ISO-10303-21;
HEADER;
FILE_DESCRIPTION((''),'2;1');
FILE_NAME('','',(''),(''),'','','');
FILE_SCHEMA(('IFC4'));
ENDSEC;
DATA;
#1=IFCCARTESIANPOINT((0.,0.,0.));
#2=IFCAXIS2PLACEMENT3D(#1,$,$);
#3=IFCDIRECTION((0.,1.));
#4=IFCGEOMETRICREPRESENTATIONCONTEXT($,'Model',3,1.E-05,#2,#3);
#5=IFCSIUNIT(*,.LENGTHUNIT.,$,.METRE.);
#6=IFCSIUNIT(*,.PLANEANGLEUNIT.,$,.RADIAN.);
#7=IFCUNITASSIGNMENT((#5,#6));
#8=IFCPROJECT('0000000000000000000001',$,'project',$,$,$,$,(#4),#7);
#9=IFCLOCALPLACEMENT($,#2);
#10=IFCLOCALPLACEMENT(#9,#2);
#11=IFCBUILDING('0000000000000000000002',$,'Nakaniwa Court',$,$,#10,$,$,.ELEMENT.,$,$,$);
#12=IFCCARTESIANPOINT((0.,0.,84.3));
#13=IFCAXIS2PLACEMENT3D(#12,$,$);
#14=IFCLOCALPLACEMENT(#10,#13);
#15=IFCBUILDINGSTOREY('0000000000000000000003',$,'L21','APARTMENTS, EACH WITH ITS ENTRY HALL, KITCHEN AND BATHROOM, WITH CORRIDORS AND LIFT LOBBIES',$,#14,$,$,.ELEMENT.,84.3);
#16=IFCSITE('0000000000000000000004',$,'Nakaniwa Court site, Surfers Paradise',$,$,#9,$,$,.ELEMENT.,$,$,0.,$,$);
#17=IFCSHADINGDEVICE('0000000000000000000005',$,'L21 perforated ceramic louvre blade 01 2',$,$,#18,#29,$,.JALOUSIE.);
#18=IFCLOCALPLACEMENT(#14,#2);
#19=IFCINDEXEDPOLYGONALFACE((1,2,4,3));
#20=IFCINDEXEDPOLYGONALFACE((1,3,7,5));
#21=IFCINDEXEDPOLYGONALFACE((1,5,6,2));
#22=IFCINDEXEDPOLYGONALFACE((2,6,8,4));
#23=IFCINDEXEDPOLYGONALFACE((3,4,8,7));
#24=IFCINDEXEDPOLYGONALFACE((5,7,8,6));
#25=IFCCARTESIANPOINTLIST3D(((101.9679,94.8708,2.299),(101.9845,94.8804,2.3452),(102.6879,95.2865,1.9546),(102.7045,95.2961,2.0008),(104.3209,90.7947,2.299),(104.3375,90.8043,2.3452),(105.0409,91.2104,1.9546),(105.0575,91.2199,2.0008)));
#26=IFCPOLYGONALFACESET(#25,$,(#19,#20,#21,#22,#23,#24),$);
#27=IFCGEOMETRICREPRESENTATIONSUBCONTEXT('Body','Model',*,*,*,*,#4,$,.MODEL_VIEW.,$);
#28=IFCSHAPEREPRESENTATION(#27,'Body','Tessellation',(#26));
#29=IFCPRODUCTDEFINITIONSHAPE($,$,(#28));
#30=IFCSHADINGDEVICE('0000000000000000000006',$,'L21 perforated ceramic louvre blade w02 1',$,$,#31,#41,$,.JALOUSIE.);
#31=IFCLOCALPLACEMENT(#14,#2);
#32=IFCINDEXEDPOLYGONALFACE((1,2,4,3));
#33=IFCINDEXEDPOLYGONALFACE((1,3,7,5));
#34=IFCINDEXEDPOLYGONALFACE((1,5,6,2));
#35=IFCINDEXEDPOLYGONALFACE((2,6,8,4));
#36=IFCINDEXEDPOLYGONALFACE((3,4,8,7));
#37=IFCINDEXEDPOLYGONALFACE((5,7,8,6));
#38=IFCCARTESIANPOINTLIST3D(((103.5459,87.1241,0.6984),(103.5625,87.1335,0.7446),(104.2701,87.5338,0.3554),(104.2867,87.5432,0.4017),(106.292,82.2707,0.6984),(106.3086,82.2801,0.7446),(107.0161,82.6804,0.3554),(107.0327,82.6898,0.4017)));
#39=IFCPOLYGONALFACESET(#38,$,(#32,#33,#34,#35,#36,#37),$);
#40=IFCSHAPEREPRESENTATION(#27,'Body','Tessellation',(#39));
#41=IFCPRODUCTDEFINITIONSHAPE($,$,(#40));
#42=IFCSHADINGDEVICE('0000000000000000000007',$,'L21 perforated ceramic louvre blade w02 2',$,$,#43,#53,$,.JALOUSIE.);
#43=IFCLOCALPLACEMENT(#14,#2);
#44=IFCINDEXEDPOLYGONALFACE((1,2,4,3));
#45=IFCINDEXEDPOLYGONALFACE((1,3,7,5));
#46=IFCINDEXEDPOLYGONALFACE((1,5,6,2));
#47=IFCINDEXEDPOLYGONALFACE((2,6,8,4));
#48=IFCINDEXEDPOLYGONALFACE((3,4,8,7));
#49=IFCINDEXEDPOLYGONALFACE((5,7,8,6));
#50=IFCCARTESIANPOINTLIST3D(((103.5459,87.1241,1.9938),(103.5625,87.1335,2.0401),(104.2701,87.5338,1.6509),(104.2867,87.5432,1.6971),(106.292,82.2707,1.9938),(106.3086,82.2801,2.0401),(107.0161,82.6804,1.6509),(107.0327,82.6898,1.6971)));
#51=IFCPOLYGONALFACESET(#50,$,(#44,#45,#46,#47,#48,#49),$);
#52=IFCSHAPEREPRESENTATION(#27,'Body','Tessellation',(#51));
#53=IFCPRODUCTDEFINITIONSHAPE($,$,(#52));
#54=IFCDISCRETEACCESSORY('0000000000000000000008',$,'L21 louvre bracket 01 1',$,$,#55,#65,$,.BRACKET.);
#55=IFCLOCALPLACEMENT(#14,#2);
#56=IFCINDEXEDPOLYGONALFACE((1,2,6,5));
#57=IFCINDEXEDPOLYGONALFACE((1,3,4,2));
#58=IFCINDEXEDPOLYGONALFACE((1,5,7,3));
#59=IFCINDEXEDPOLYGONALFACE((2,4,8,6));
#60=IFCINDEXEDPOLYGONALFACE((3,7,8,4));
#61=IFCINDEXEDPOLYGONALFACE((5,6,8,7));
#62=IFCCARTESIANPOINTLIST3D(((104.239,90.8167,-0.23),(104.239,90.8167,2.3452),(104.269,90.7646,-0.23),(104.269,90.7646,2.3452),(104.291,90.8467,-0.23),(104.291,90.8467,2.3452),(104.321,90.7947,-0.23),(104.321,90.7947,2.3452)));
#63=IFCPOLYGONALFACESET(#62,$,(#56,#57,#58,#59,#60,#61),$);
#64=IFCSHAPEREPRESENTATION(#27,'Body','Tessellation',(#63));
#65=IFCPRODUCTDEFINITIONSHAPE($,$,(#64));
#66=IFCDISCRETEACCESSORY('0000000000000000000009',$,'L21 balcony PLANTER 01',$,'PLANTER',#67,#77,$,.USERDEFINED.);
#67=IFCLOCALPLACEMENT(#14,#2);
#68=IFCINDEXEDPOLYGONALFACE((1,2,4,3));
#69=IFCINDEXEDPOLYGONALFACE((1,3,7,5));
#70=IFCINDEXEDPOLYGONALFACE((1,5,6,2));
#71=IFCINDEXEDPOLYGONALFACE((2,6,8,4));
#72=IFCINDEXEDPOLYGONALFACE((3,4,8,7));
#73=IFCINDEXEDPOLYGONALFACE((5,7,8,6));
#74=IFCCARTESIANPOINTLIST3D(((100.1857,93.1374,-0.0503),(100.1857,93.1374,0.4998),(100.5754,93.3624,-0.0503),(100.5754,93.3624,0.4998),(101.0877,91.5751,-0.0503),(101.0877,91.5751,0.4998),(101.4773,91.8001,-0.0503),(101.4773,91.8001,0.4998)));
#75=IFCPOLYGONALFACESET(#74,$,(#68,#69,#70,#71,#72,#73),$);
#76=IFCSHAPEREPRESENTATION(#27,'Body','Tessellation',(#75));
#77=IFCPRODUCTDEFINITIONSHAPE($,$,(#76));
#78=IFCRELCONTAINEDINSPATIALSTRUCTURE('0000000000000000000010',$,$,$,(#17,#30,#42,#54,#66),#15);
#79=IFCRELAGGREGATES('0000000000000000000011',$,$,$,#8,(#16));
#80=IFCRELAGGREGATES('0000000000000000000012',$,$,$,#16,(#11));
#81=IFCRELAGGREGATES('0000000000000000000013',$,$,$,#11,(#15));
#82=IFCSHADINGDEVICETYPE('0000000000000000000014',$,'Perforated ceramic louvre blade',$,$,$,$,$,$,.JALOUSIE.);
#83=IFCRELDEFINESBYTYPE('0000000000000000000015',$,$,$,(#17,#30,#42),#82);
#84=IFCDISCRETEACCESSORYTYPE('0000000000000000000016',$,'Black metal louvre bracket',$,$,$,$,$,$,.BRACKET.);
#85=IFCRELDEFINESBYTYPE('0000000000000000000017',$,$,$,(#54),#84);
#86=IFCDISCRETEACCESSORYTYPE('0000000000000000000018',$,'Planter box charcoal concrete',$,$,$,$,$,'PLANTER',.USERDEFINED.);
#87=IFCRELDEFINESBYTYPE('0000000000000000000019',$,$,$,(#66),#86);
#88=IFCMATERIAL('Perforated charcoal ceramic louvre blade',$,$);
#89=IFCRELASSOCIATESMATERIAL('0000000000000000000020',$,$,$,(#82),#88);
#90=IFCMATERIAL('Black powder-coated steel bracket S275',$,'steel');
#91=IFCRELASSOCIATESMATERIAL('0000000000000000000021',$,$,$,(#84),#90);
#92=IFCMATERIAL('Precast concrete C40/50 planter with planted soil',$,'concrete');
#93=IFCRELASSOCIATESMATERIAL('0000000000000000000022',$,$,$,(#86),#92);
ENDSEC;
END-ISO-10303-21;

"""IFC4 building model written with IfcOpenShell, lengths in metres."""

from ifc_helpers import new_model, si_unit, direction, frame, origin, origin_2d, place, context, subcontext, project, spatial, rectangle, extrude, material, material_profile, profile_set, type_object, element, save


model = new_model("IFC4")

# Units and contexts
model_context = context("Model", 3, precision=1e-05, world=origin(), true_north=direction((0.0, 1.0)))
body_context = subcontext(model_context, "Body", "Model", "MODEL_VIEW")
ifc_project = project(units=[si_unit("LENGTHUNIT", "METRE"), si_unit("PLANEANGLEUNIT", "RADIAN")], contexts=[model_context])

# Site, building, storey
site_placement = place(None, origin())
site = spatial("IfcSite", under=ifc_project, at=site_placement, Name="Nakaniwa Court site, Surfers Paradise", CompositionType="ELEMENT", RefElevation=0.0)
building_placement = place(site_placement, origin())
building = spatial("IfcBuilding", under=site, at=building_placement, Name="Nakaniwa Court", CompositionType="ELEMENT")
storey_placement = place(building_placement, frame((0.0, 0.0, 84.3)))
storey = spatial("IfcBuildingStorey", under=building, at=storey_placement, Name="L21", Description="APARTMENTS, EACH WITH ITS ENTRY HALL, KITCHEN AND BATHROOM, WITH CORRIDORS AND LIFT LOBBIES", CompositionType="ELEMENT", Elevation=84.3)

# Shading devices
ifc_material_1 = material(Name="Perforated charcoal ceramic louvre blade")
ifc_material_profile_1 = material_profile(ifc_material_1, rectangle(XDim=0.8999, YDim=0.05, at=origin_2d()), Name="Perforated ceramic louvre blade")
ifc_profile_set_1 = profile_set([ifc_material_profile_1], Name="Perforated charcoal ceramic louvre blade")
shading_device_type_1 = type_object("IfcShadingDeviceType", Name="Perforated ceramic louvre blade", PredefinedType="JALOUSIE", material=ifc_profile_set_1)
for number, where, z_axis, x_axis, name in (
    (1, (104.6892, 91.0073, 2.1499), (-0.499944, 0.866058, 0.0), (-0.800133, -0.461888, 0.382683), "L21 perforated ceramic louvre blade 01 2"),
):
    element("IfcShadingDevice", number, at=place(storey_placement, frame(where, z_axis=z_axis, x_axis=x_axis)), inside=storey, type_object=shading_device_type_1, Name=name, PredefinedType="JALOUSIE", context=body_context, shape_type="SweptSolid", body=[
        extrude(rectangle(XDim=0.8999, YDim=0.05, at=origin_2d()), origin(), (0.0, 0.0, 1.0), 4.7065),
    ])
for number, where, z_axis, x_axis, name in (
    (2, (106.6624, 82.4802, 0.55), (-0.492438, 0.870347, 0.0), (-0.804676, -0.455282, 0.38107), "L21 perforated ceramic louvre blade w02 1"),
    (3, (106.6624, 82.4802, 1.8455), (-0.492438, 0.870347, 0.0), (-0.804676, -0.455282, 0.38107), "L21 perforated ceramic louvre blade w02 2"),
):
    element("IfcShadingDevice", number, at=place(storey_placement, frame(where, z_axis=z_axis, x_axis=x_axis)), inside=storey, type_object=shading_device_type_1, Name=name, PredefinedType="JALOUSIE", context=body_context, shape_type="SweptSolid", body=[
        extrude(rectangle(XDim=0.8999, YDim=0.05, at=origin_2d()), origin(), (0.0, 0.0, 1.0), 5.5764),
    ])

# Discrete accessories
ifc_material_2 = material(Name="Black powder-coated steel bracket S275", Category="steel")
discrete_accessory_type_1 = type_object("IfcDiscreteAccessoryType", Name="Black metal louvre bracket", PredefinedType="BRACKET", material=ifc_material_2)
discrete_accessory_1_placement = place(storey_placement, frame((104.28, 90.8057, -0.23), z_axis=(0.0, 0.0, 1.0), x_axis=(-0.499974, 0.86604, 0.0)))
element("IfcDiscreteAccessory", 4, at=discrete_accessory_1_placement, inside=storey, type_object=discrete_accessory_type_1, Name="L21 louvre bracket 01 1", PredefinedType="BRACKET", context=body_context, shape_type="SweptSolid", body=[
    extrude(rectangle(XDim=0.0601, YDim=0.0601, at=origin_2d()), origin(), (0.0, 0.0, 1.0), 2.5752),
])
ifc_material_3 = material(Name="Precast concrete C40/50 planter with planted soil", Category="concrete")
discrete_accessory_type_2 = type_object("IfcDiscreteAccessoryType", Name="Planter box charcoal concrete", ElementType="PLANTER", PredefinedType="USERDEFINED", material=ifc_material_3)
discrete_accessory_2_placement = place(storey_placement, frame((100.8315, 92.4688, -0.0503), z_axis=(0.0, 0.0, 1.0), x_axis=(-0.499974, 0.86604, 0.0)))
element("IfcDiscreteAccessory", 5, at=discrete_accessory_2_placement, inside=storey, type_object=discrete_accessory_type_2, Name="L21 balcony PLANTER 01", ObjectType="PLANTER", PredefinedType="USERDEFINED", context=body_context, shape_type="SweptSolid", body=[
    extrude(rectangle(XDim=1.804, YDim=0.45, at=origin_2d()), origin(), (0.0, 0.0, 1.0), 0.55),
])

save(model, "model.ifc")
